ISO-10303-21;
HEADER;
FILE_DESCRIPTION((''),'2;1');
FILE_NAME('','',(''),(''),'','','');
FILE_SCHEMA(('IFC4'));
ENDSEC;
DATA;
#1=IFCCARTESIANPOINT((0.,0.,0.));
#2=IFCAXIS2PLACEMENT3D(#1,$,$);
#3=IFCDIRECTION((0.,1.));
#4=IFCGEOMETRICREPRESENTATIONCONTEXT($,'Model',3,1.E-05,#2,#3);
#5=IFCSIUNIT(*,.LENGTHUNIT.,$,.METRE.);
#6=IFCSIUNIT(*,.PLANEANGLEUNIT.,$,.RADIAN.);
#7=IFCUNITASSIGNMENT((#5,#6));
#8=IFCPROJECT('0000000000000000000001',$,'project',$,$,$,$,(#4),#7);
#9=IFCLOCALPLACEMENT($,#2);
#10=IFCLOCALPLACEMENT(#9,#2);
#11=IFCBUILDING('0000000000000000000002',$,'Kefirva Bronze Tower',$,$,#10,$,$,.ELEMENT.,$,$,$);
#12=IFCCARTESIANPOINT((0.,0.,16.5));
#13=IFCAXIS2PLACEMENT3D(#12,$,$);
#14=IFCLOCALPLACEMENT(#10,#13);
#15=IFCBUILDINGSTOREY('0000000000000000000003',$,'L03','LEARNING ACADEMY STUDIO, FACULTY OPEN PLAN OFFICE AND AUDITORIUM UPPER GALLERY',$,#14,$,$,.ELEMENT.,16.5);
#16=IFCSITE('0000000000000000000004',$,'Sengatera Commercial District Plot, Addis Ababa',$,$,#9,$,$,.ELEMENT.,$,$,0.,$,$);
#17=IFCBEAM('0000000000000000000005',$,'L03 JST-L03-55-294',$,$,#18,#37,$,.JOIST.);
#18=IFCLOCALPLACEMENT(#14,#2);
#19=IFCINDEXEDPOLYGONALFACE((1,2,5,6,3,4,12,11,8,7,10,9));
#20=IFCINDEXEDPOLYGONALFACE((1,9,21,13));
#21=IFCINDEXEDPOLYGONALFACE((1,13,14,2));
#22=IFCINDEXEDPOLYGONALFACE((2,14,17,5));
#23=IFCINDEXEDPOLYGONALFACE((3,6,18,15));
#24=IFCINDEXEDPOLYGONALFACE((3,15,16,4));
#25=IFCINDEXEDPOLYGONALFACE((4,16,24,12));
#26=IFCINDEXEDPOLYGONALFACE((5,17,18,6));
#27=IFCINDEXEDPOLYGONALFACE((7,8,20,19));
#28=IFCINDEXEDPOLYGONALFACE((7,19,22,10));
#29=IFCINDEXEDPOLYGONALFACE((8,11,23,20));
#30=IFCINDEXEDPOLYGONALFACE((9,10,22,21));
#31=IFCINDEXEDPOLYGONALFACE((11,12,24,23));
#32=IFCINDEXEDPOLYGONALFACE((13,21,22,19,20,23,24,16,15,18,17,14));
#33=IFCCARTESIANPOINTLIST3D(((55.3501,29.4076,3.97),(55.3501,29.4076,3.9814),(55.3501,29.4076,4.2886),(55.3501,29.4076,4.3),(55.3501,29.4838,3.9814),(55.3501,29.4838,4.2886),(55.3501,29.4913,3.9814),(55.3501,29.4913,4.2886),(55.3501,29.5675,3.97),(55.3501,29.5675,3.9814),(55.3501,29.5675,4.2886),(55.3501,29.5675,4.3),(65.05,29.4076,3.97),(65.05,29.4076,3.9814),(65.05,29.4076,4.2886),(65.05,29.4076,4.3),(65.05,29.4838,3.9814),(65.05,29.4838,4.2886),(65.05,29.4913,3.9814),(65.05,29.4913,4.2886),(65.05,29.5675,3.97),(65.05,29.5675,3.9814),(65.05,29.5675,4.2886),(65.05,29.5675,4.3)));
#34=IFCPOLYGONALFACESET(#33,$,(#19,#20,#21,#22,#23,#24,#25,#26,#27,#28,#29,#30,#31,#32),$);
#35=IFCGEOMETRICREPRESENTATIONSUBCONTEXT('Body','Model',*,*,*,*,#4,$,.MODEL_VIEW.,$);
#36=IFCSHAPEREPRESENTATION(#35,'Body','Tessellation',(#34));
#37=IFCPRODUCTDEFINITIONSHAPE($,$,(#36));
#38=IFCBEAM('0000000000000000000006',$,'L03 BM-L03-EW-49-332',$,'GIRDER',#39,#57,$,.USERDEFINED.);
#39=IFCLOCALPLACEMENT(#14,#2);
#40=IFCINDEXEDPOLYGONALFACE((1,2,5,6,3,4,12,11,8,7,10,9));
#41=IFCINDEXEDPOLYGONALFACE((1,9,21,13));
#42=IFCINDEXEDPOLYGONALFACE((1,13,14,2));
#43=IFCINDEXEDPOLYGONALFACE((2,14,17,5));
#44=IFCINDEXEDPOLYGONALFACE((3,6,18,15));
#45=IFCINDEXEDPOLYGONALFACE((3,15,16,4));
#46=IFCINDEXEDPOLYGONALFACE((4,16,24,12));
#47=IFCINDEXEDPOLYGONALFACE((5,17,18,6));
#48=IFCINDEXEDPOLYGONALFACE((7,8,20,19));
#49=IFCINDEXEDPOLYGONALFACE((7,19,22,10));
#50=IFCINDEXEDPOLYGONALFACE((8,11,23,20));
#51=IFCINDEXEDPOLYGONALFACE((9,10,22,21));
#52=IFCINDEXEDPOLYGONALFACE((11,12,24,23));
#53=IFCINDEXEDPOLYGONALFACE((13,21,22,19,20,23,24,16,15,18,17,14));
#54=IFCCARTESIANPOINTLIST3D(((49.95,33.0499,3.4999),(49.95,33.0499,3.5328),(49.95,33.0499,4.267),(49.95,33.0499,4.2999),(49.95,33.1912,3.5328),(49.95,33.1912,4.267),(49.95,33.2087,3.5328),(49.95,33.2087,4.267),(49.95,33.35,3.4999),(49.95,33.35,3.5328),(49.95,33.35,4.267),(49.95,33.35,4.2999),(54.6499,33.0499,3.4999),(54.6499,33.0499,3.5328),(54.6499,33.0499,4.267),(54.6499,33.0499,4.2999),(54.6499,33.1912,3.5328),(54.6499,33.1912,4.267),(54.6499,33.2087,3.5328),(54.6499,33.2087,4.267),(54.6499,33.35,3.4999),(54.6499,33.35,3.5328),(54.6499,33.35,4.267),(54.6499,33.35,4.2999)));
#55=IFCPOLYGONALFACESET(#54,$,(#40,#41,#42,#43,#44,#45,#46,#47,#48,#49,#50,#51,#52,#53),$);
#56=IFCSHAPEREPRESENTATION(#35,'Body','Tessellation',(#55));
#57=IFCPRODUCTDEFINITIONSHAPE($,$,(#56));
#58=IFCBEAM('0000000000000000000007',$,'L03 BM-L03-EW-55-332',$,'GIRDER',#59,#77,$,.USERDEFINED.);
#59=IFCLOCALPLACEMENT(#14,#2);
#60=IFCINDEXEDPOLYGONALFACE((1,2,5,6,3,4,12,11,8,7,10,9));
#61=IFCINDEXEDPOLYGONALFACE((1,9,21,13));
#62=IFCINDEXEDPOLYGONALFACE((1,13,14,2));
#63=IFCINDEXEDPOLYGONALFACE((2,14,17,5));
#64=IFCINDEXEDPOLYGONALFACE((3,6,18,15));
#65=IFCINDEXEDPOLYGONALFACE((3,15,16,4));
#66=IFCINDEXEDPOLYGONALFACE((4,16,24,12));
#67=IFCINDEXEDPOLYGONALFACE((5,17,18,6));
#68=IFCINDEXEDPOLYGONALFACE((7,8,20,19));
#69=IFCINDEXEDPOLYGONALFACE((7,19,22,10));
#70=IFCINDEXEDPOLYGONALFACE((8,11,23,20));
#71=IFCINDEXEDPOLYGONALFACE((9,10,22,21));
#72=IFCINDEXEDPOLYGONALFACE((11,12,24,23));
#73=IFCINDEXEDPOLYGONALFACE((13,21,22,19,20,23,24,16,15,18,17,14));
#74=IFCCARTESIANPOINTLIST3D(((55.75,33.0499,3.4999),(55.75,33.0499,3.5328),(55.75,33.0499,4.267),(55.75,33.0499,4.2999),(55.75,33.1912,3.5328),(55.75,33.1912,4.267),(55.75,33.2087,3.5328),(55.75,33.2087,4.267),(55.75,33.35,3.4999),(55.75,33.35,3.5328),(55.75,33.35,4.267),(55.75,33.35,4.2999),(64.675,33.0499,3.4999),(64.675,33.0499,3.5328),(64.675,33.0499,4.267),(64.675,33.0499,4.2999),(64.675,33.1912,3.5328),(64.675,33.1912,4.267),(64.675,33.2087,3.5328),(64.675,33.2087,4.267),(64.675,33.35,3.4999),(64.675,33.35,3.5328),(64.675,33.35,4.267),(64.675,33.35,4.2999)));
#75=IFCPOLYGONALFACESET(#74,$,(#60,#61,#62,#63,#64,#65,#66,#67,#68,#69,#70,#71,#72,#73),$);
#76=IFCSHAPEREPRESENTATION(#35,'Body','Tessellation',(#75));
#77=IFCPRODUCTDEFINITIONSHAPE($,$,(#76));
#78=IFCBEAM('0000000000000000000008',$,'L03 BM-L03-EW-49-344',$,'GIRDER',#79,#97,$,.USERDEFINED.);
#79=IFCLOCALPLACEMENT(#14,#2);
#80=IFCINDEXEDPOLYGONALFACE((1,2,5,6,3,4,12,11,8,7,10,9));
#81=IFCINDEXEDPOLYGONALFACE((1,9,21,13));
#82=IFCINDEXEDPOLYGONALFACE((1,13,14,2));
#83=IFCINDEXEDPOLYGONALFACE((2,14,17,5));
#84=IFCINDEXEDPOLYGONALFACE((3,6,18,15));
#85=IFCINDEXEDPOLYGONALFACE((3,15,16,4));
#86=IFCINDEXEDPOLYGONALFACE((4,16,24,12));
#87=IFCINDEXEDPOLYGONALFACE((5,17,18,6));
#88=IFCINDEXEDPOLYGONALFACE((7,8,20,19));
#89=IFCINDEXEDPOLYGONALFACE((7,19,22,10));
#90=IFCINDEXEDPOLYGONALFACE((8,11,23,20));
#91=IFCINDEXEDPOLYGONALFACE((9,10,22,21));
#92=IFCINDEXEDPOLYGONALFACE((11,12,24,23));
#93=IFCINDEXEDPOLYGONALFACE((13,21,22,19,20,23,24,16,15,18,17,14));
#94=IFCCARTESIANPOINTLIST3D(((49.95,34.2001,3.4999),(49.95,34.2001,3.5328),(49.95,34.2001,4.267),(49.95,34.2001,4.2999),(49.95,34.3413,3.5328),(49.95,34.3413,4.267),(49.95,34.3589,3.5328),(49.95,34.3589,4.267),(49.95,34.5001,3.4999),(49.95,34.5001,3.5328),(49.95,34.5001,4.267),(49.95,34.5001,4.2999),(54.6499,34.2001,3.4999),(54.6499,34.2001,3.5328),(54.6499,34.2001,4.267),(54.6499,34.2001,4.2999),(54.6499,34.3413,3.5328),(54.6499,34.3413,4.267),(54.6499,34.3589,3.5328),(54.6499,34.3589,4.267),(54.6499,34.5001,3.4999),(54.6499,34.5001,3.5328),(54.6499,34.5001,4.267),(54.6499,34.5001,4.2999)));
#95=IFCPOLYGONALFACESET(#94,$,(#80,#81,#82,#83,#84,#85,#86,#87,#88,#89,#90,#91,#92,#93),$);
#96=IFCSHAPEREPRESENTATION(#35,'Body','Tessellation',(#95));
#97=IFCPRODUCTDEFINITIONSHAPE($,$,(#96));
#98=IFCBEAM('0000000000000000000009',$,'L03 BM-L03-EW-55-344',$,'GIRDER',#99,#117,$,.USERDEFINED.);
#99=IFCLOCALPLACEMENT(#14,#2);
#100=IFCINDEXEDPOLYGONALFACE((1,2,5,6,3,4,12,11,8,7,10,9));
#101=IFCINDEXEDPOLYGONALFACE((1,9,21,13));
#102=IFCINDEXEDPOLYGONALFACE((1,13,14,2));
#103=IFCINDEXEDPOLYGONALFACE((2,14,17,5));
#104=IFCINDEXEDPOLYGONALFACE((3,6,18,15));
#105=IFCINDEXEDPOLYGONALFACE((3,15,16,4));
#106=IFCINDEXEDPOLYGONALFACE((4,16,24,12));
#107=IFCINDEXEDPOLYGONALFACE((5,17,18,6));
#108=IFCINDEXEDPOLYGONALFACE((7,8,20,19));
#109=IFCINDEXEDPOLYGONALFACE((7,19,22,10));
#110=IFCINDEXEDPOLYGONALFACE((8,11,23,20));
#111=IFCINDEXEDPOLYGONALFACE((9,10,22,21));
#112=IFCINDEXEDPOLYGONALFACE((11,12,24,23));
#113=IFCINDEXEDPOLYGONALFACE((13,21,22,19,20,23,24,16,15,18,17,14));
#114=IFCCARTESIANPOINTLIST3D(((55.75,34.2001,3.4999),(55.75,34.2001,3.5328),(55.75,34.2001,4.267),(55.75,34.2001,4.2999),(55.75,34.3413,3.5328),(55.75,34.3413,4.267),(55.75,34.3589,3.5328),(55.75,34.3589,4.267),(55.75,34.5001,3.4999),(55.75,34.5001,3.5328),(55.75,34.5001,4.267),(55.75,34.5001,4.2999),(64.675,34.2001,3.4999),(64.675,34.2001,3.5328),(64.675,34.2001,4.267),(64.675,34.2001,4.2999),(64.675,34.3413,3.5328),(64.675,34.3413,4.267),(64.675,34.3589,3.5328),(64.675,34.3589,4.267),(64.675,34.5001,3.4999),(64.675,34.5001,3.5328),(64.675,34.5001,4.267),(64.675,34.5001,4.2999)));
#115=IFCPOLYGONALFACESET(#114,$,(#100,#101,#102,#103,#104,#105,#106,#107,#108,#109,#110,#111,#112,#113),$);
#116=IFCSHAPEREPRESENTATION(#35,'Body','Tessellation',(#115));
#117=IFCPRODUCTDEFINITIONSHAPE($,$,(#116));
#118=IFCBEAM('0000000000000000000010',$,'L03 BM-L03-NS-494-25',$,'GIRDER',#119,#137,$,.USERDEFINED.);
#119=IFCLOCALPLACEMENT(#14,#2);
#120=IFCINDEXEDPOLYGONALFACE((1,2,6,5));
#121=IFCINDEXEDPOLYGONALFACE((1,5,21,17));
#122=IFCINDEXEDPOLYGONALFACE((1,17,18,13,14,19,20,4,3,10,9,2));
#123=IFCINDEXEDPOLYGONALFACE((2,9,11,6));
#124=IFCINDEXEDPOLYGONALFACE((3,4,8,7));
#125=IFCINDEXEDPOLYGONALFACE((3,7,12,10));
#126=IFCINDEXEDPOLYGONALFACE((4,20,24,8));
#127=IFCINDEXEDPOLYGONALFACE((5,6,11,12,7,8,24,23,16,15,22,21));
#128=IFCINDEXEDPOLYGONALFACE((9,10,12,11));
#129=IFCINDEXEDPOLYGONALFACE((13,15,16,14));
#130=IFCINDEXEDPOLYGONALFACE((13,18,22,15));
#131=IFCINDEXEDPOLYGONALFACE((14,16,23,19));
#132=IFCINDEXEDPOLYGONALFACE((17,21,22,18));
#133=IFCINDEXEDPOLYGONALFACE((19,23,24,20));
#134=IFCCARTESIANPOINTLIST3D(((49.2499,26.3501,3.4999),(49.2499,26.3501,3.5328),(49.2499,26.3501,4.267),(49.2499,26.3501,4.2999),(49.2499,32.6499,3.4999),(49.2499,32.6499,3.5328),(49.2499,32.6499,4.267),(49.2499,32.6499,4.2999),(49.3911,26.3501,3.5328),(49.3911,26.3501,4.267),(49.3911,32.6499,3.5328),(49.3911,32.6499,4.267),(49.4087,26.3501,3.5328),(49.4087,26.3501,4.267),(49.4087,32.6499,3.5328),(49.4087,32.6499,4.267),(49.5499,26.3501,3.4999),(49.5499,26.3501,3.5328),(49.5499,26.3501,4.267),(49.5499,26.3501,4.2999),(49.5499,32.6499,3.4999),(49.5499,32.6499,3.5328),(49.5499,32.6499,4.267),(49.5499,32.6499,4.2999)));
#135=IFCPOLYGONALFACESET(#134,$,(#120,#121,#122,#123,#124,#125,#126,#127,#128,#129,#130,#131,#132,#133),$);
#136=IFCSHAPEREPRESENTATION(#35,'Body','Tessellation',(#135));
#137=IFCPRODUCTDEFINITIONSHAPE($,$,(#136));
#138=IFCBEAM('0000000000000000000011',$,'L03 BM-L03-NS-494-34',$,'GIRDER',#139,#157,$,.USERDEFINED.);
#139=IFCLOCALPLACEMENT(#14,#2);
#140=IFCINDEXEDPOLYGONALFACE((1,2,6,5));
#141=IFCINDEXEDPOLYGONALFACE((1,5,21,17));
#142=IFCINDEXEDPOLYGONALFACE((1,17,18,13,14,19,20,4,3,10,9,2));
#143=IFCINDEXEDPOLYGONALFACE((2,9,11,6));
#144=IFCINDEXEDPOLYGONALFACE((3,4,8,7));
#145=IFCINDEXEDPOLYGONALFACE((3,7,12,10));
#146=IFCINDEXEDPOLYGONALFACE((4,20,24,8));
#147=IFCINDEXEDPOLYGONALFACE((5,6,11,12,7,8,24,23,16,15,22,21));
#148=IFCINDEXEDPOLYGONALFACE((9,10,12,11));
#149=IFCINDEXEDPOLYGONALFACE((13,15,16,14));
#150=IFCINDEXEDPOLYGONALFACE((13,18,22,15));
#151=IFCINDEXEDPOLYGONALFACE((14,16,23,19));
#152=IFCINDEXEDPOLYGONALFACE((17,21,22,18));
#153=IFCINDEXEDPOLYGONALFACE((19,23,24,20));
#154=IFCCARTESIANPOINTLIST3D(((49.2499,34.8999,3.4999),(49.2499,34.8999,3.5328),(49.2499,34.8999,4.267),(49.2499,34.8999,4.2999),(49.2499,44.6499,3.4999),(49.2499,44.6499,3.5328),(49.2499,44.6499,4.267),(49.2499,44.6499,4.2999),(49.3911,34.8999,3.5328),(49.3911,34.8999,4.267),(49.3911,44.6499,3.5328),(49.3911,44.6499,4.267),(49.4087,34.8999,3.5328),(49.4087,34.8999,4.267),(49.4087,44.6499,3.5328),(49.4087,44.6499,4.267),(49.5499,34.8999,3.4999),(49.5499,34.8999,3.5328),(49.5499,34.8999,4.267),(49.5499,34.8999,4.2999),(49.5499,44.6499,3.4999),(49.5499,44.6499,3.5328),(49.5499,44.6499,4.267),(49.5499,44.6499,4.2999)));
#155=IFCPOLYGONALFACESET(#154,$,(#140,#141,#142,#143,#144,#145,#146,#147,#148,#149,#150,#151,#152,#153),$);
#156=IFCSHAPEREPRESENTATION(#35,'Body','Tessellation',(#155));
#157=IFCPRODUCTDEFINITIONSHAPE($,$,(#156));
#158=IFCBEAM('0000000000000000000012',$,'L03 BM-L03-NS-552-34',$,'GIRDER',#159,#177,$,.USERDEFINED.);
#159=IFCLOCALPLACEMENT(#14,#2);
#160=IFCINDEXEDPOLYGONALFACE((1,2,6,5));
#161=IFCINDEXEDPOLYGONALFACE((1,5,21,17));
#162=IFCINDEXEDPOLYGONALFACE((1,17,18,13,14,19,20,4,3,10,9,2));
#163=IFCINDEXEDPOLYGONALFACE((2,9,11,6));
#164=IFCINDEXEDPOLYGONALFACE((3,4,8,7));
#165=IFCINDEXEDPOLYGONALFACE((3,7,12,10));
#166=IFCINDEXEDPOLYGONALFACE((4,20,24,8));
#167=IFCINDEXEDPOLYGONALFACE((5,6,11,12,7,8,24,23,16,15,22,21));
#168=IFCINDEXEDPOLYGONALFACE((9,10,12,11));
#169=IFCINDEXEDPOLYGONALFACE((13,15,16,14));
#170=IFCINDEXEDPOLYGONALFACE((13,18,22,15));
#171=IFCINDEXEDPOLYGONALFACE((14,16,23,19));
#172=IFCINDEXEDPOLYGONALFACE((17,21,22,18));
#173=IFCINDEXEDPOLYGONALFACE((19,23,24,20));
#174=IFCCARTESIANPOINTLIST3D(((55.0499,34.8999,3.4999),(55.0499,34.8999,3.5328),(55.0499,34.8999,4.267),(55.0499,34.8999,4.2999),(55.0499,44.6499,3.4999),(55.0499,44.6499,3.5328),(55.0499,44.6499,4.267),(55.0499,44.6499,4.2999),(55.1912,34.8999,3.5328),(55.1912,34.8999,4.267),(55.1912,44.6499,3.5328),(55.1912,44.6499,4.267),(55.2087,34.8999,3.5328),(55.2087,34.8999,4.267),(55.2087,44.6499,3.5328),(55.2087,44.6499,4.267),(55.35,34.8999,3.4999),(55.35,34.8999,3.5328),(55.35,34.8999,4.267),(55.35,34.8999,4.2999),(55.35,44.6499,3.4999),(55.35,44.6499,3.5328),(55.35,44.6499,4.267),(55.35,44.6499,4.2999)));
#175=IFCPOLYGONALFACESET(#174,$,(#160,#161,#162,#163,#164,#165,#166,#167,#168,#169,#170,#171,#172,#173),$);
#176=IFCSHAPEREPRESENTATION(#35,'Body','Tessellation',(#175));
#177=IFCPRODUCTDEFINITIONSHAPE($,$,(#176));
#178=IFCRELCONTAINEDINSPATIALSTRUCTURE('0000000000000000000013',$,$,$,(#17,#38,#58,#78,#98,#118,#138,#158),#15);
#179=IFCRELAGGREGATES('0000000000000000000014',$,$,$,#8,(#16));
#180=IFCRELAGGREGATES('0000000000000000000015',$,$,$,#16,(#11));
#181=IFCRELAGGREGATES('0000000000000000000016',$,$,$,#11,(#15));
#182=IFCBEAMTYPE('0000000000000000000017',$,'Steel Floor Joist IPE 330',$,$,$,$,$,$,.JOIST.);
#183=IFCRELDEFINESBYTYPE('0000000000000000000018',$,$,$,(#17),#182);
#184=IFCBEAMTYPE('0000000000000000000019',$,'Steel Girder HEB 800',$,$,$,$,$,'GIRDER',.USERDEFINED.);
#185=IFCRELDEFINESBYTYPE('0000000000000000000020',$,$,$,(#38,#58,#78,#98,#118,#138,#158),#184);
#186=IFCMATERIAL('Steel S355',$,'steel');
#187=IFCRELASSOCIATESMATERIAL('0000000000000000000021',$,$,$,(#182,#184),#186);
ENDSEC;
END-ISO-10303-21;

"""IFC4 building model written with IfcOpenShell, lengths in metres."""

from ifc_helpers import new_model, si_unit, direction, frame, origin, origin_2d, place, context, subcontext, project, spatial, i_section, extrude, material, material_profile, profile_set, type_object, element, save


model = new_model("IFC4")

# Units and contexts
model_context = context("Model", 3, precision=1e-05, world=origin(), true_north=direction((0.0, 1.0)))
body_context = subcontext(model_context, "Body", "Model", "MODEL_VIEW")
ifc_project = project(units=[si_unit("LENGTHUNIT", "METRE"), si_unit("PLANEANGLEUNIT", "RADIAN")], contexts=[model_context])

# Site, building, storey
site_placement = place(None, origin())
site = spatial("IfcSite", under=ifc_project, at=site_placement, Name="Sengatera Commercial District Plot, Addis Ababa", CompositionType="ELEMENT", RefElevation=0.0)
building_placement = place(site_placement, origin())
building = spatial("IfcBuilding", under=site, at=building_placement, Name="Kefirva Bronze Tower", CompositionType="ELEMENT")
storey_placement = place(building_placement, frame((0.0, 0.0, 16.5)))
storey = spatial("IfcBuildingStorey", under=building, at=storey_placement, Name="L03", Description="LEARNING ACADEMY STUDIO, FACULTY OPEN PLAN OFFICE AND AUDITORIUM UPPER GALLERY", CompositionType="ELEMENT", Elevation=16.5)

# Beams
ifc_material_1 = material(Name="Steel S355", Category="steel")
ifc_material_profile_1 = material_profile(ifc_material_1, i_section(OverallWidth=0.1599, OverallDepth=0.3301, WebThickness=0.0076, FlangeThickness=0.0115, at=origin_2d()), Name="IPE 330")
ifc_profile_set_1 = profile_set([ifc_material_profile_1], Name="Steel S355")
beam_type_1 = type_object("IfcBeamType", Name="Steel Floor Joist IPE 330", PredefinedType="JOIST", material=ifc_profile_set_1)
beam_1_placement = place(storey_placement, frame((55.3501, 29.4875, 4.135), z_axis=(1.0, 0.0, 0.0), x_axis=(0.0, 1.0, 0.0)))
element("IfcBeam", 1, at=beam_1_placement, inside=storey, type_object=beam_type_1, Name="L03 JST-L03-55-294", PredefinedType="JOIST", context=body_context, shape_type="SweptSolid", body=[
    extrude(i_section(OverallWidth=0.1599, OverallDepth=0.3301, WebThickness=0.0076, FlangeThickness=0.0115, at=origin_2d()), origin(), (0.0, 0.0, 1.0), 9.7),
])
ifc_material_profile_2 = material_profile(ifc_material_1, i_section(OverallWidth=0.3, OverallDepth=0.8, WebThickness=0.0176, FlangeThickness=0.033, at=origin_2d()), Name="HEB 800")
ifc_profile_set_2 = profile_set([ifc_material_profile_2], Name="Steel S355")
beam_type_2 = type_object("IfcBeamType", Name="Steel Girder HEB 800", ElementType="GIRDER", PredefinedType="USERDEFINED", material=ifc_profile_set_2)
beam_2_placement = place(storey_placement, frame((49.95, 33.2, 3.8999), z_axis=(1.0, 0.0, 0.0), x_axis=(0.0, 1.0, 0.0)))
element("IfcBeam", 2, at=beam_2_placement, inside=storey, type_object=beam_type_2, Name="L03 BM-L03-EW-49-332", ObjectType="GIRDER", PredefinedType="USERDEFINED", context=body_context, shape_type="SweptSolid", body=[
    extrude(i_section(OverallWidth=0.3, OverallDepth=0.8, WebThickness=0.0176, FlangeThickness=0.033, at=origin_2d()), origin(), (0.0, 0.0, 1.0), 4.7),
])
beam_3_placement = place(storey_placement, frame((55.75, 33.2, 3.8999), z_axis=(1.0, 0.0, 0.0), x_axis=(0.0, 1.0, 0.0)))
element("IfcBeam", 3, at=beam_3_placement, inside=storey, type_object=beam_type_2, Name="L03 BM-L03-EW-55-332", ObjectType="GIRDER", PredefinedType="USERDEFINED", context=body_context, shape_type="SweptSolid", body=[
    extrude(i_section(OverallWidth=0.3, OverallDepth=0.8, WebThickness=0.0176, FlangeThickness=0.033, at=origin_2d()), origin(), (0.0, 0.0, 1.0), 8.925),
])
beam_4_placement = place(storey_placement, frame((49.95, 34.3501, 3.8999), z_axis=(1.0, 0.0, 0.0), x_axis=(0.0, 1.0, 0.0)))
element("IfcBeam", 4, at=beam_4_placement, inside=storey, type_object=beam_type_2, Name="L03 BM-L03-EW-49-344", ObjectType="GIRDER", PredefinedType="USERDEFINED", context=body_context, shape_type="SweptSolid", body=[
    extrude(i_section(OverallWidth=0.3, OverallDepth=0.8, WebThickness=0.0176, FlangeThickness=0.033, at=origin_2d()), origin(), (0.0, 0.0, 1.0), 4.7),
])
beam_5_placement = place(storey_placement, frame((55.75, 34.3501, 3.8999), z_axis=(1.0, 0.0, 0.0), x_axis=(0.0, 1.0, 0.0)))
element("IfcBeam", 5, at=beam_5_placement, inside=storey, type_object=beam_type_2, Name="L03 BM-L03-EW-55-344", ObjectType="GIRDER", PredefinedType="USERDEFINED", context=body_context, shape_type="SweptSolid", body=[
    extrude(i_section(OverallWidth=0.3, OverallDepth=0.8, WebThickness=0.0176, FlangeThickness=0.033, at=origin_2d()), origin(), (0.0, 0.0, 1.0), 8.925),
])
beam_6_placement = place(storey_placement, frame((49.3999, 26.3501, 3.8999), z_axis=(0.0, 1.0, 0.0), x_axis=(-1.0, 0.0, 0.0)))
element("IfcBeam", 6, at=beam_6_placement, inside=storey, type_object=beam_type_2, Name="L03 BM-L03-NS-494-25", ObjectType="GIRDER", PredefinedType="USERDEFINED", context=body_context, shape_type="SweptSolid", body=[
    extrude(i_section(OverallWidth=0.3, OverallDepth=0.8, WebThickness=0.0176, FlangeThickness=0.033, at=origin_2d()), origin(), (0.0, 0.0, 1.0), 6.2998),
])
for number, where, z_axis, x_axis, name in (
    (7, (49.3999, 34.8999, 3.8999), (0.0, 1.0, 0.0), (-1.0, 0.0, 0.0), "L03 BM-L03-NS-494-34"),
    (8, (55.2, 34.8999, 3.8999), (0.0, 1.0, 0.0), (-1.0, 0.0, 0.0), "L03 BM-L03-NS-552-34"),
):
    element("IfcBeam", number, at=place(storey_placement, frame(where, z_axis=z_axis, x_axis=x_axis)), inside=storey, type_object=beam_type_2, Name=name, ObjectType="GIRDER", PredefinedType="USERDEFINED", context=body_context, shape_type="SweptSolid", body=[
        extrude(i_section(OverallWidth=0.3, OverallDepth=0.8, WebThickness=0.0176, FlangeThickness=0.033, at=origin_2d()), origin(), (0.0, 0.0, 1.0), 9.75),
    ])

save(model, "model.ifc")
